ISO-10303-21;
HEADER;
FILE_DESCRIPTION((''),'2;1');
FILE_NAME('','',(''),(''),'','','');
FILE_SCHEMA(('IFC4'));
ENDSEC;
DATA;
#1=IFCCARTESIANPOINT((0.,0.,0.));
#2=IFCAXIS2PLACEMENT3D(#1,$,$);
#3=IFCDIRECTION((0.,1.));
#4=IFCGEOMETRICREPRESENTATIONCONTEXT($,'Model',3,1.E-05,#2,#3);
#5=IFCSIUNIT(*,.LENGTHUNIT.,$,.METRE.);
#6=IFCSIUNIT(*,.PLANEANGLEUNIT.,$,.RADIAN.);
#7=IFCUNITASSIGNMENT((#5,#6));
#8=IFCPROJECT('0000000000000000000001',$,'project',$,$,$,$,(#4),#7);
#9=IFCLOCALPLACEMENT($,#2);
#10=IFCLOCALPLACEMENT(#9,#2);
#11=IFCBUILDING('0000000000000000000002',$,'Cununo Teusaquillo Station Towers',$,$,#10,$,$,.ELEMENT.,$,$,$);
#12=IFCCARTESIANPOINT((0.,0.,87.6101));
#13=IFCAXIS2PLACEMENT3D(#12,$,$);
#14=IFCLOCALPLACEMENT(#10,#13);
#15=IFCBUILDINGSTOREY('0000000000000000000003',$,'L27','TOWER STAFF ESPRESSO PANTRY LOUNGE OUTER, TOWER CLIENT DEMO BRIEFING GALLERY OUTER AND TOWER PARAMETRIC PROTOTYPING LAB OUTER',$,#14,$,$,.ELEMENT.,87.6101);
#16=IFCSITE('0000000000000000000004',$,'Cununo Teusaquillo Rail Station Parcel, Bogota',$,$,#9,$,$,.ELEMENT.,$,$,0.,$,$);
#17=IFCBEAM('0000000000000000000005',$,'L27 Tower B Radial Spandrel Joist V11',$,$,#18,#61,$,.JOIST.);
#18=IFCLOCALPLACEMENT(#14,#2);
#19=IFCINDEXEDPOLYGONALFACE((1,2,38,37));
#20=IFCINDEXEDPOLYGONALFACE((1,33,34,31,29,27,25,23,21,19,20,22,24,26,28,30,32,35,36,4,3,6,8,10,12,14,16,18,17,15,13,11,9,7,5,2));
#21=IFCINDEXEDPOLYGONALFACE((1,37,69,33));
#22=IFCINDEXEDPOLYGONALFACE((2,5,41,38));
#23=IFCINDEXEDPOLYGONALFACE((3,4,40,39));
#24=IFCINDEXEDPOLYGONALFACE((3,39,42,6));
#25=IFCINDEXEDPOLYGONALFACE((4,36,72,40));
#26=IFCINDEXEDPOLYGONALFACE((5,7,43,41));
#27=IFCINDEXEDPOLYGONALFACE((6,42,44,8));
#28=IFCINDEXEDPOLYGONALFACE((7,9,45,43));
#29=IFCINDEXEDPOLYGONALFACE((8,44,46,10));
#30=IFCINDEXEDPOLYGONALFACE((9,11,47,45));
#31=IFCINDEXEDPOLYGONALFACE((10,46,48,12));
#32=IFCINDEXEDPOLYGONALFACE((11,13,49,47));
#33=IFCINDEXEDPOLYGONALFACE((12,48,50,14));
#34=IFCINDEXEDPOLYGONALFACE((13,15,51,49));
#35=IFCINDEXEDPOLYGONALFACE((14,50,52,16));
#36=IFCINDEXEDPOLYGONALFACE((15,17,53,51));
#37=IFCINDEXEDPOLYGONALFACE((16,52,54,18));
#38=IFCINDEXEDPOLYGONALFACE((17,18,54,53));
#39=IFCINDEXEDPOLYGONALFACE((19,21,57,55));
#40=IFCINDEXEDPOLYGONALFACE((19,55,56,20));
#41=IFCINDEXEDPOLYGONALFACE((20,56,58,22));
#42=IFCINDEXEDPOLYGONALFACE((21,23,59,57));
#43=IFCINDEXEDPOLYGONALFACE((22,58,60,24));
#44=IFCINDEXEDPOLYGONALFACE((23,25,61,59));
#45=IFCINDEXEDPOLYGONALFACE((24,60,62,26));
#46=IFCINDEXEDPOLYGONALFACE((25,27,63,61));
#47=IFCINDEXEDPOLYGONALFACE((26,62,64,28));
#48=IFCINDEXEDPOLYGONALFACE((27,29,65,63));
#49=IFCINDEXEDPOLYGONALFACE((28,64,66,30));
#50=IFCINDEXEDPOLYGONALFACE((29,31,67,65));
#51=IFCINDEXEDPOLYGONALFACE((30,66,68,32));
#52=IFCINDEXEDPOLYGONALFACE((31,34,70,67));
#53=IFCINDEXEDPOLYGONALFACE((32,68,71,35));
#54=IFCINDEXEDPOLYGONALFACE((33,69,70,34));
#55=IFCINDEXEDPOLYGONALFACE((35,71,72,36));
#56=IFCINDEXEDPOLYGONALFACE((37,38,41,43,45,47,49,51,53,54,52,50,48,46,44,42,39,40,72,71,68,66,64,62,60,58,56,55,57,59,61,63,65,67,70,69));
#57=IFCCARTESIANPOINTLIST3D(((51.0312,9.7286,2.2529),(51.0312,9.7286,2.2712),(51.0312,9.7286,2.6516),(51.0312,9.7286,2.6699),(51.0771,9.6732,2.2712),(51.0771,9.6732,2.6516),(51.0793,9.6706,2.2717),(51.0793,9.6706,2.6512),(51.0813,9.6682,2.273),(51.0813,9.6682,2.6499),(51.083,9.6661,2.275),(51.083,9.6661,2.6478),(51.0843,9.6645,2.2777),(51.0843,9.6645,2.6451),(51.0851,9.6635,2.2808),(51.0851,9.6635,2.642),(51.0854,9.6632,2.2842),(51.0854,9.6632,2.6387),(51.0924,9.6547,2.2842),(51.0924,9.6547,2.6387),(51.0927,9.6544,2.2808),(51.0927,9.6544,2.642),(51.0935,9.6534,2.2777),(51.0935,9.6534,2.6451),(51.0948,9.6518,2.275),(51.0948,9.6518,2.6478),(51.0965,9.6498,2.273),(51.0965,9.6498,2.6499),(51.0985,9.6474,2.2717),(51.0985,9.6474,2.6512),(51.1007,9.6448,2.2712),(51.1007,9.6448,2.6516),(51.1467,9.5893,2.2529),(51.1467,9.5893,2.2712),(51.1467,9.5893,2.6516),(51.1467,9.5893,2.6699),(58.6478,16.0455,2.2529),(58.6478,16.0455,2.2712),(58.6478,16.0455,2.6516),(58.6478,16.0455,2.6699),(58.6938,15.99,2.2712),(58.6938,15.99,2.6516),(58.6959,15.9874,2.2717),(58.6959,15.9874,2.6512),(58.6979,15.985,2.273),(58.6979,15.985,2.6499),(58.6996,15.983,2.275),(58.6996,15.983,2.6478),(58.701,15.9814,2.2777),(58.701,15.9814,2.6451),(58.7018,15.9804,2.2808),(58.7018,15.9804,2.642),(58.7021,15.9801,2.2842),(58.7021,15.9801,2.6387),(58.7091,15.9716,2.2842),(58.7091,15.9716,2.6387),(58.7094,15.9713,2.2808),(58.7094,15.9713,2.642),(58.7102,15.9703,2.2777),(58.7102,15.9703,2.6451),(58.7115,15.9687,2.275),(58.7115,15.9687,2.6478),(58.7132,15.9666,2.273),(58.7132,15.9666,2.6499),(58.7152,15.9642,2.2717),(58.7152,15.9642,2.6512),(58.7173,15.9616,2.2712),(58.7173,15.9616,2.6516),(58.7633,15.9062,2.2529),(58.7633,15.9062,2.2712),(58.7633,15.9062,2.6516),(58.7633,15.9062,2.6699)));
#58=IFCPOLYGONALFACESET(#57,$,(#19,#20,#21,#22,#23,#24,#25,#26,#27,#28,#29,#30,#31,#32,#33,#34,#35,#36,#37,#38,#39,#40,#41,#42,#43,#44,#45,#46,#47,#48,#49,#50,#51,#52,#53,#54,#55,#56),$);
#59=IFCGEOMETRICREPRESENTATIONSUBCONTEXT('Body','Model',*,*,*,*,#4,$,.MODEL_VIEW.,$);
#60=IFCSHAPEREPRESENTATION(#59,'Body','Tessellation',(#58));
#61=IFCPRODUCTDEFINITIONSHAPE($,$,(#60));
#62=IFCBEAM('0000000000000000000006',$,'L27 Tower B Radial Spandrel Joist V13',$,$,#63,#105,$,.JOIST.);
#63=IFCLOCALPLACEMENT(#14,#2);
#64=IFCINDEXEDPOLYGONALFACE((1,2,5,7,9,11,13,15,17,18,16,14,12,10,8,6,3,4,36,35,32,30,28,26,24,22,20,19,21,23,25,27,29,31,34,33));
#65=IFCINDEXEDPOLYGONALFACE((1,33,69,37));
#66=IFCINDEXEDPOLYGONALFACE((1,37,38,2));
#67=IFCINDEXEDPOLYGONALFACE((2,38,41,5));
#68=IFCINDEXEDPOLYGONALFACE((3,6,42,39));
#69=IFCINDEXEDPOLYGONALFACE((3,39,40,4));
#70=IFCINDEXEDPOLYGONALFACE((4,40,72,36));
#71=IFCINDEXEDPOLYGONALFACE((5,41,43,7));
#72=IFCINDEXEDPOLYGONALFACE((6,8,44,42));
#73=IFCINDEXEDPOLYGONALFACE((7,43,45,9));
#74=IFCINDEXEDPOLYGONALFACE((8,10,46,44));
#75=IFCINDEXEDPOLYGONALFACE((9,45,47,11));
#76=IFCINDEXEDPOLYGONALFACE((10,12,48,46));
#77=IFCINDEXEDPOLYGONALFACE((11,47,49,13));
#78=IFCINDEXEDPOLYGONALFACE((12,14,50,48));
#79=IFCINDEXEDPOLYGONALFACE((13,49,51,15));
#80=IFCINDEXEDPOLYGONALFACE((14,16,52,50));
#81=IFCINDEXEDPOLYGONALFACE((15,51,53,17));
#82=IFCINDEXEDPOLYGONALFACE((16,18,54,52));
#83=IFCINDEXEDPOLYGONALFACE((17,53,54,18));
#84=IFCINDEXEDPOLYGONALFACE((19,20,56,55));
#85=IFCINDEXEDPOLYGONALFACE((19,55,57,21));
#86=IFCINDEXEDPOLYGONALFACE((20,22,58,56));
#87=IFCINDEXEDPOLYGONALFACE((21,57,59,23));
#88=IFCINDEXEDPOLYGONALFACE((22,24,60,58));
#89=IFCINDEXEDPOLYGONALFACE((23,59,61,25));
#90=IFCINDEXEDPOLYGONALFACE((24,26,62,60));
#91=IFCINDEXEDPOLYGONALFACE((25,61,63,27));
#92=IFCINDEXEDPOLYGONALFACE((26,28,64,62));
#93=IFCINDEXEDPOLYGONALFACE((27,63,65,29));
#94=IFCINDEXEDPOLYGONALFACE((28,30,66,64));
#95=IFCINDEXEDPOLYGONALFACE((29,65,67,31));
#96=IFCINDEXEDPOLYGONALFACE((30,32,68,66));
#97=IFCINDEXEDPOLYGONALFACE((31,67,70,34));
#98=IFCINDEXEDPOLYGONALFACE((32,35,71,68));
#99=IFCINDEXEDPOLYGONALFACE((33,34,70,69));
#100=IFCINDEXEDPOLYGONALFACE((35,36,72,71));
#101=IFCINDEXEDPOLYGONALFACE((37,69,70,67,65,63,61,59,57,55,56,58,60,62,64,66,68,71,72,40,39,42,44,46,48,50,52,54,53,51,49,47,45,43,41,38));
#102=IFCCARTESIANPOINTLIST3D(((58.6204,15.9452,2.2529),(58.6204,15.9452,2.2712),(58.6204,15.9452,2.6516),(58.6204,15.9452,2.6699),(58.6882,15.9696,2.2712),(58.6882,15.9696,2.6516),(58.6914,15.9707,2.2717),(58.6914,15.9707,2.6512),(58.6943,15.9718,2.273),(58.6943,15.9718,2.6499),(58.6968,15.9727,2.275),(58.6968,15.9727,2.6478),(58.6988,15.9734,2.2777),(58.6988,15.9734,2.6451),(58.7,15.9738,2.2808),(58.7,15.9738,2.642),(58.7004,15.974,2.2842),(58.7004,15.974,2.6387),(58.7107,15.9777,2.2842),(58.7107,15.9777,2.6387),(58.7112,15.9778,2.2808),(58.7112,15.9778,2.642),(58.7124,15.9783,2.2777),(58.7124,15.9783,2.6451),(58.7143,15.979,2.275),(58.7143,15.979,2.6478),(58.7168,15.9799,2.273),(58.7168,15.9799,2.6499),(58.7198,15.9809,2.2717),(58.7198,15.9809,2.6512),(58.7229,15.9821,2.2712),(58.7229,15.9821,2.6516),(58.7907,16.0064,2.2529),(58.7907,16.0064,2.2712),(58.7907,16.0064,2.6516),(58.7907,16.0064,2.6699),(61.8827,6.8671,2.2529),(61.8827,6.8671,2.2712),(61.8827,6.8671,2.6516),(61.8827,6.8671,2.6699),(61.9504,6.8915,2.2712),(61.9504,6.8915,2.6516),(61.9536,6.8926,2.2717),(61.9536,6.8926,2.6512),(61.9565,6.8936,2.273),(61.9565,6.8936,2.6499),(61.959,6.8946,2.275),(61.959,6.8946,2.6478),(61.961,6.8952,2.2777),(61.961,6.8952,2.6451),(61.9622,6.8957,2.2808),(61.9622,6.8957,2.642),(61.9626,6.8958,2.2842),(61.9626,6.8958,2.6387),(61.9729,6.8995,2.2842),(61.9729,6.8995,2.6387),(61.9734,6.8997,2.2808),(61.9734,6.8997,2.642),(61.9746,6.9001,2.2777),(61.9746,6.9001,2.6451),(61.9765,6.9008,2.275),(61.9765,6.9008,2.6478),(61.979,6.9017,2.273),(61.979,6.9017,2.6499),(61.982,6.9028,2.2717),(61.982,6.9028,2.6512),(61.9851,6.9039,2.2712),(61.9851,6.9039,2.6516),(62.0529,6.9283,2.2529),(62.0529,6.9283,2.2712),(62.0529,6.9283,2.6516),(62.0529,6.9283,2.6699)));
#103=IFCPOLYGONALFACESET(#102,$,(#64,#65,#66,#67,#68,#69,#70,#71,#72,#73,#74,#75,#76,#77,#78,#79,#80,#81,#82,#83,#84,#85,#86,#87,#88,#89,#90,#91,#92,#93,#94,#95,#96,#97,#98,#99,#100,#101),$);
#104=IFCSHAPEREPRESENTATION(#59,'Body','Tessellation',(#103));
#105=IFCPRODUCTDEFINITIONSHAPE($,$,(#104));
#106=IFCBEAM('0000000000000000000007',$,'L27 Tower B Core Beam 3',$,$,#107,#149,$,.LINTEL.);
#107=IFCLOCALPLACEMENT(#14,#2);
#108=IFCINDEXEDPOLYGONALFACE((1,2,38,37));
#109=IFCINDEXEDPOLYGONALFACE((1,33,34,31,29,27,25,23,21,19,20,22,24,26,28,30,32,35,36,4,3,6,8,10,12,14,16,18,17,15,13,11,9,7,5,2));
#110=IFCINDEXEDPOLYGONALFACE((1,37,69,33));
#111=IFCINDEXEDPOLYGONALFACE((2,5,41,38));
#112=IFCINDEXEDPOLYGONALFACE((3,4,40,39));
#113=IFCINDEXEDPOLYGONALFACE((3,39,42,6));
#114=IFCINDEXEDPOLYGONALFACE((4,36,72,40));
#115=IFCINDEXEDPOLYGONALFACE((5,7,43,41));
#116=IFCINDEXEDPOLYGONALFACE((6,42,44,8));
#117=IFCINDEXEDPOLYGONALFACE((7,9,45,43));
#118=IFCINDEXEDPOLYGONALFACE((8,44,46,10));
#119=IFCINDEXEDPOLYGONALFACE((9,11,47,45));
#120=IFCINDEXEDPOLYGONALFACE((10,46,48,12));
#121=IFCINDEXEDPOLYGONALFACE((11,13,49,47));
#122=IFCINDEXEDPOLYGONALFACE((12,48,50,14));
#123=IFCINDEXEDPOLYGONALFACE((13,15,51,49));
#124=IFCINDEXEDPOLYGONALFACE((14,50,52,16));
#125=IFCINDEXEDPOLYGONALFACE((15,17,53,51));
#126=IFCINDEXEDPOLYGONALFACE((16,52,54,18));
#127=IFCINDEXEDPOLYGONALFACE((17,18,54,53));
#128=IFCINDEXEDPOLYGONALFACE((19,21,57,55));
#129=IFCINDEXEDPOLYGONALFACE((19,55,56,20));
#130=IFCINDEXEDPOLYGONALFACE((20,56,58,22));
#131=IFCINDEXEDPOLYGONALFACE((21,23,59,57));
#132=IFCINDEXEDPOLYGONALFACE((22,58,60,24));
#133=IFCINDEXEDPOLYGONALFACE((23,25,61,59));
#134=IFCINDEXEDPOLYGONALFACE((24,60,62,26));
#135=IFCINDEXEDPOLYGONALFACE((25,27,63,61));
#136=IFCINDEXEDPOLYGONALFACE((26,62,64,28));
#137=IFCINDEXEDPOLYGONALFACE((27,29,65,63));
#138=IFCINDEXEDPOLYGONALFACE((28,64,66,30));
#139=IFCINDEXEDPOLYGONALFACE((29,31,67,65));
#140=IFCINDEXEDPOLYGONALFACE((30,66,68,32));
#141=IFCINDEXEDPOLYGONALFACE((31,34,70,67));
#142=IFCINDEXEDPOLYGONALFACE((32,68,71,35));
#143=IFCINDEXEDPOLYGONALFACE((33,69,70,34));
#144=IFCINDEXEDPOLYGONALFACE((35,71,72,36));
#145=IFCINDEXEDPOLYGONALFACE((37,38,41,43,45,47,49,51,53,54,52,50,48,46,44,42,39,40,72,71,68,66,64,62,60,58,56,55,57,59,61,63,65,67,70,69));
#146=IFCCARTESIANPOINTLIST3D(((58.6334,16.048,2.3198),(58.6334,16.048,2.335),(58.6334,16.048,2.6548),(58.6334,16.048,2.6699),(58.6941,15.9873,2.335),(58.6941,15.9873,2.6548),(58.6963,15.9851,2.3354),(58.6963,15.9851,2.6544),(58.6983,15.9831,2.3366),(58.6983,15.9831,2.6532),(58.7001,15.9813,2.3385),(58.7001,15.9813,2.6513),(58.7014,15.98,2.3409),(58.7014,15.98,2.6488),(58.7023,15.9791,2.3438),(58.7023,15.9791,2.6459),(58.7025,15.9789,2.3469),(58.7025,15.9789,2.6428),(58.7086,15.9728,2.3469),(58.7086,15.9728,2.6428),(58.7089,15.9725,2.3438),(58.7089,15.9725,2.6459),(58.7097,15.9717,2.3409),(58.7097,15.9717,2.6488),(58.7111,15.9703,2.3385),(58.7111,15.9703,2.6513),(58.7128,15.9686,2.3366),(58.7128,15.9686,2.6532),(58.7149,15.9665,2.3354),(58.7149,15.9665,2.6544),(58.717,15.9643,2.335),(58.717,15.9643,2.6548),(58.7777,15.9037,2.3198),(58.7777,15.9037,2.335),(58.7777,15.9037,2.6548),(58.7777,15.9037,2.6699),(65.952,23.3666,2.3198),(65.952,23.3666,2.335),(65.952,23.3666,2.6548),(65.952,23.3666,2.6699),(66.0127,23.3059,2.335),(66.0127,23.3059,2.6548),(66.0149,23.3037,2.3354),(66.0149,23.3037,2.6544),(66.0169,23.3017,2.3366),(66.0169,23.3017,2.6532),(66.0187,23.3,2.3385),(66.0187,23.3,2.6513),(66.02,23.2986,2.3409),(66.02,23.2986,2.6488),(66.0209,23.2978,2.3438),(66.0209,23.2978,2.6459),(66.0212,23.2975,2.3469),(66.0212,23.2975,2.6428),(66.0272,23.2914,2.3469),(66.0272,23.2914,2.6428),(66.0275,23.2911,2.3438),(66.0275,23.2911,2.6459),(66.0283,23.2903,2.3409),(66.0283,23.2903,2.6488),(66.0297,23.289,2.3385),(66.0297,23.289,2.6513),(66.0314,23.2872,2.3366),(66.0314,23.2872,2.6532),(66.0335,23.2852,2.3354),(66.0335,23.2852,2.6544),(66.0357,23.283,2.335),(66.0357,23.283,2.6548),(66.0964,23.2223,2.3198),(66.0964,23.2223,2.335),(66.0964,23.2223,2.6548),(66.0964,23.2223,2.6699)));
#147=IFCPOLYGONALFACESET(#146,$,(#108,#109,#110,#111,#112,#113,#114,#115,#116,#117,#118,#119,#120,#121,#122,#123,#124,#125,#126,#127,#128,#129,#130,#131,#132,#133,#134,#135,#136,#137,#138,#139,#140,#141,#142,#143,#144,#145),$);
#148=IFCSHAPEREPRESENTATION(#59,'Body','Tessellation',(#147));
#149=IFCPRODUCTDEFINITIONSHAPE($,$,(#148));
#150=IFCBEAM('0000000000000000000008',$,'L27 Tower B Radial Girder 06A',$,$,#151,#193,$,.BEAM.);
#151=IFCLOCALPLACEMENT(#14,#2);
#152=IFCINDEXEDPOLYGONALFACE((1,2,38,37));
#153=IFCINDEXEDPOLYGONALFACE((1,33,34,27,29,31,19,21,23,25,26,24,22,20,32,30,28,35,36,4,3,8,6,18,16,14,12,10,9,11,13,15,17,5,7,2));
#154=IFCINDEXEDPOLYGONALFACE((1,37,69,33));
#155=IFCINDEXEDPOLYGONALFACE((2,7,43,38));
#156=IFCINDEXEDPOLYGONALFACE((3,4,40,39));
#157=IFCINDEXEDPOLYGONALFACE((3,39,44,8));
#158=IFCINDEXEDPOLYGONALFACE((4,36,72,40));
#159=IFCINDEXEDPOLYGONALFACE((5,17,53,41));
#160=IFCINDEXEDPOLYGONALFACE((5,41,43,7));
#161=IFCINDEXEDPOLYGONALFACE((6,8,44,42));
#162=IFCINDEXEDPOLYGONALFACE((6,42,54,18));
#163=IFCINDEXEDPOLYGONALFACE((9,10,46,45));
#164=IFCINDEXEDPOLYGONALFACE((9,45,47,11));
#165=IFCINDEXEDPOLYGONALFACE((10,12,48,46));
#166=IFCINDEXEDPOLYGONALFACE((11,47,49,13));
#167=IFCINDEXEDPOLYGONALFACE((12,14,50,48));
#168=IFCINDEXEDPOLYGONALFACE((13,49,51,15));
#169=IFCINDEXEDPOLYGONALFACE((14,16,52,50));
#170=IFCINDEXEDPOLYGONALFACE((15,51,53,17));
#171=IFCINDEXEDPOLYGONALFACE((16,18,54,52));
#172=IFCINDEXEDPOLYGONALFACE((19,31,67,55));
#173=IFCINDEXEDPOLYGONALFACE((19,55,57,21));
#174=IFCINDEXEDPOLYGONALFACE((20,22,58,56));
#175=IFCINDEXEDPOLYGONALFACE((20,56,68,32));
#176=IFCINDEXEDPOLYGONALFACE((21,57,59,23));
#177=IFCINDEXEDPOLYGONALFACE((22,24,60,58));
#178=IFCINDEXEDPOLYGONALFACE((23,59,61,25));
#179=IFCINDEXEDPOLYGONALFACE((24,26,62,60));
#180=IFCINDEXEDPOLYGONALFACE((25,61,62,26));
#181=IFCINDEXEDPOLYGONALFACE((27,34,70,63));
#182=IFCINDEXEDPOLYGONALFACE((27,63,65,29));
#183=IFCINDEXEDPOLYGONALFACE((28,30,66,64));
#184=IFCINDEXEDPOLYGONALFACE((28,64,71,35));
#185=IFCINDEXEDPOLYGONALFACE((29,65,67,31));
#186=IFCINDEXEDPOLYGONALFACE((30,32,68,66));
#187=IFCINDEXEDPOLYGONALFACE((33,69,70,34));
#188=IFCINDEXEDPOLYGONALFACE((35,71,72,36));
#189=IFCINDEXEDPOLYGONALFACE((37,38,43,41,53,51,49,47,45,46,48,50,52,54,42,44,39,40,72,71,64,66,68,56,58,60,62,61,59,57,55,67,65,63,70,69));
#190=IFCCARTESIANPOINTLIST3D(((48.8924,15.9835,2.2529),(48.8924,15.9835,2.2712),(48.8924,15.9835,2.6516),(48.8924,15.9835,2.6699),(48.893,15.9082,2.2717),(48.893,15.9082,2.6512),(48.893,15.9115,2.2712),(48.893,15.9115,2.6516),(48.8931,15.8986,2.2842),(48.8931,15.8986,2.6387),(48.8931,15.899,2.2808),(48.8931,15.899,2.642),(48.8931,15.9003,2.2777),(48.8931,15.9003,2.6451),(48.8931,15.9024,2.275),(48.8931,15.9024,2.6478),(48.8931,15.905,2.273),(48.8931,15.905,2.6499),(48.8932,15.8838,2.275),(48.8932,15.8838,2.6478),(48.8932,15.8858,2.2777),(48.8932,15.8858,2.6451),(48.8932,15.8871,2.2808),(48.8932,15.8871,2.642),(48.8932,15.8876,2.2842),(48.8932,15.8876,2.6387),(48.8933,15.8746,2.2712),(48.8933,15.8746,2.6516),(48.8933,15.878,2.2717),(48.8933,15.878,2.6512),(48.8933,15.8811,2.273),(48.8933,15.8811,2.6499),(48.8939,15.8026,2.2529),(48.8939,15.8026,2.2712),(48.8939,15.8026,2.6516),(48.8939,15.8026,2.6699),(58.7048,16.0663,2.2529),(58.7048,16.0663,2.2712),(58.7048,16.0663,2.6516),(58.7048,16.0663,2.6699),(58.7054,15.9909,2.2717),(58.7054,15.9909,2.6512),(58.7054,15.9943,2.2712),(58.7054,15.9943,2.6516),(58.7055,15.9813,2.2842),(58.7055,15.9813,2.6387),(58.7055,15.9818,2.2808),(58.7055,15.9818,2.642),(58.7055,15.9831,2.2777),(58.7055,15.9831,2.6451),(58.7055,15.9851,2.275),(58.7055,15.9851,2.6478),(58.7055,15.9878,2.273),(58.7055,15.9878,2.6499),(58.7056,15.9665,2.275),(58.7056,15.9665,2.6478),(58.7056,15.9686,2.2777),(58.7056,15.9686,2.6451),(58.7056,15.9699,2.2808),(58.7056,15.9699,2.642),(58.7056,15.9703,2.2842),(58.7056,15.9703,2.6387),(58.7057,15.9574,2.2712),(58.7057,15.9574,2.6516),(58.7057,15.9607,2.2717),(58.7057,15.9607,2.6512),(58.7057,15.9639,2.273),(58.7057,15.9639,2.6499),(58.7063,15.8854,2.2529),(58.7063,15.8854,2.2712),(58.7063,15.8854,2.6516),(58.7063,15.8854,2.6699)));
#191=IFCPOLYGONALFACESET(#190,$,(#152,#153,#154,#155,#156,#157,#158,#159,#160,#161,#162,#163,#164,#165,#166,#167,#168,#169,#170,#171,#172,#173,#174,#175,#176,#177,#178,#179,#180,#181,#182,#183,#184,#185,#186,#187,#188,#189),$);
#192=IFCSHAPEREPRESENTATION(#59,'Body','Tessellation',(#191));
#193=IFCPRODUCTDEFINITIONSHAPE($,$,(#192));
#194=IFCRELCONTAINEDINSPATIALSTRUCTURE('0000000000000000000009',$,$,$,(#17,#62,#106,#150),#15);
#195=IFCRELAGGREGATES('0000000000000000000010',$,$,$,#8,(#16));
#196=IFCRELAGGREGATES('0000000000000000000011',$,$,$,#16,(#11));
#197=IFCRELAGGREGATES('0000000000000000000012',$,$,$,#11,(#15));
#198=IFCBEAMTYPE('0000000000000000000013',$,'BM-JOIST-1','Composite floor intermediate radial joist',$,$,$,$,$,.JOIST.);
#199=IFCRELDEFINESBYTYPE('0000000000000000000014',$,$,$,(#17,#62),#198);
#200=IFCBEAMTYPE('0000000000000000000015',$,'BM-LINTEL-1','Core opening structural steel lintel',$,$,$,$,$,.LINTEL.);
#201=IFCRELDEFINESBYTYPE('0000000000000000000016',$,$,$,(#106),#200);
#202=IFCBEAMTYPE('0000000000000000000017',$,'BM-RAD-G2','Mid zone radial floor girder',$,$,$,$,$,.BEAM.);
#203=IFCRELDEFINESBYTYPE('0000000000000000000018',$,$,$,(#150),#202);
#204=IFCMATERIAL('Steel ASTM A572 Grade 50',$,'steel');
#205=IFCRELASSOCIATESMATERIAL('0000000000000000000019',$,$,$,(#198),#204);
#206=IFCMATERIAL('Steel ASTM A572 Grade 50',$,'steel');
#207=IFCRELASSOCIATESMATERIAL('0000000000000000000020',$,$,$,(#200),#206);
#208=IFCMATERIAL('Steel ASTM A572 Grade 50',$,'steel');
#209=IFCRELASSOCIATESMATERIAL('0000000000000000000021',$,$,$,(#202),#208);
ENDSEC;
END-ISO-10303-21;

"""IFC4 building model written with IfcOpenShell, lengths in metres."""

from ifc_helpers import new_model, si_unit, direction, frame, origin, origin_2d, place, context, subcontext, project, spatial, i_section, extrude, material, material_profile, profile_set, type_object, element, save


model = new_model("IFC4")

# Units and contexts
model_context = context("Model", 3, precision=1e-05, world=origin(), true_north=direction((0.0, 1.0)))
body_context = subcontext(model_context, "Body", "Model", "MODEL_VIEW")
ifc_project = project(units=[si_unit("LENGTHUNIT", "METRE"), si_unit("PLANEANGLEUNIT", "RADIAN")], contexts=[model_context])

# Site, building, storey
site_placement = place(None, origin())
site = spatial("IfcSite", under=ifc_project, at=site_placement, Name="Cununo Teusaquillo Rail Station Parcel, Bogota", CompositionType="ELEMENT", RefElevation=0.0)
building_placement = place(site_placement, origin())
building = spatial("IfcBuilding", under=site, at=building_placement, Name="Cununo Teusaquillo Station Towers", CompositionType="ELEMENT")
storey_placement = place(building_placement, frame((0.0, 0.0, 87.6101)))
storey = spatial("IfcBuildingStorey", under=building, at=storey_placement, Name="L27", Description="TOWER STAFF ESPRESSO PANTRY LOUNGE OUTER, TOWER CLIENT DEMO BRIEFING GALLERY OUTER AND TOWER PARAMETRIC PROTOTYPING LAB OUTER", CompositionType="ELEMENT", Elevation=87.6101)

# Beams
ifc_material_1 = material(Name="Steel ASTM A572 Grade 50", Category="steel")
ifc_material_profile_1 = material_profile(ifc_material_1, i_section(OverallWidth=0.1809, OverallDepth=0.417, WebThickness=0.011, FlangeThickness=0.0183, FilletRadius=0.0129, at=origin_2d()), Name="W16X57")
ifc_profile_set_1 = profile_set([ifc_material_profile_1], Name="Steel ASTM A572 Grade 50")
beam_type_1 = type_object("IfcBeamType", Name="BM-JOIST-1", Description="Composite floor intermediate radial joist", PredefinedType="JOIST", material=ifc_profile_set_1)
beam_1_placement = place(storey_placement, frame((58.7056, 15.9758, 2.4614), z_axis=(-0.769728, -0.638372, 0.0), x_axis=(0.638372, -0.769728, 0.0)))
element("IfcBeam", 1, at=beam_1_placement, inside=storey, type_object=beam_type_1, Name="L27 Tower B Radial Spandrel Joist V11", PredefinedType="JOIST", context=body_context, shape_type="SweptSolid", body=[
    extrude(i_section(OverallWidth=0.1809, OverallDepth=0.417, WebThickness=0.011, FlangeThickness=0.0183, FilletRadius=0.0129, at=origin_2d()), origin(), (0.0, 0.0, 1.0), 9.8953),
])
beam_2_placement = place(storey_placement, frame((58.7056, 15.9758, 2.4614), z_axis=(0.338176, -0.941083, 0.0), x_axis=(0.941083, 0.338176, 0.0)))
element("IfcBeam", 2, at=beam_2_placement, inside=storey, type_object=beam_type_1, Name="L27 Tower B Radial Spandrel Joist V13", PredefinedType="JOIST", context=body_context, shape_type="SweptSolid", body=[
    extrude(i_section(OverallWidth=0.1809, OverallDepth=0.417, WebThickness=0.011, FlangeThickness=0.0183, FilletRadius=0.0129, at=origin_2d()), origin(), (0.0, 0.0, 1.0), 9.6465),
])
ifc_material_2 = material(Name="Steel ASTM A572 Grade 50", Category="steel")
ifc_material_profile_2 = material_profile(ifc_material_2, i_section(OverallWidth=0.2041, OverallDepth=0.3501, WebThickness=0.0085, FlangeThickness=0.0151, FilletRadius=0.012, at=origin_2d()), Name="W14X48")
ifc_profile_set_2 = profile_set([ifc_material_profile_2], Name="Steel ASTM A572 Grade 50")
beam_type_2 = type_object("IfcBeamType", Name="BM-LINTEL-1", Description="Core opening structural steel lintel", PredefinedType="LINTEL", material=ifc_profile_set_2)
beam_3_placement = place(storey_placement, frame((58.7056, 15.9758, 2.4949), z_axis=(0.707107, 0.707107, 0.0), x_axis=(-0.707107, 0.707107, 0.0)))
element("IfcBeam", 3, at=beam_3_placement, inside=storey, type_object=beam_type_2, Name="L27 Tower B Core Beam 3", PredefinedType="LINTEL", context=body_context, shape_type="SweptSolid", body=[
    extrude(i_section(OverallWidth=0.2041, OverallDepth=0.3501, WebThickness=0.0085, FlangeThickness=0.0151, FilletRadius=0.012, at=origin_2d()), origin(), (0.0, 0.0, 1.0), 10.3501),
])
ifc_material_3 = material(Name="Steel ASTM A572 Grade 50", Category="steel")
ifc_material_profile_3 = material_profile(ifc_material_3, i_section(OverallWidth=0.1809, OverallDepth=0.417, WebThickness=0.011, FlangeThickness=0.0183, FilletRadius=0.0129, at=origin_2d()), Name="W16X57")
ifc_profile_set_3 = profile_set([ifc_material_profile_3], Name="Steel ASTM A572 Grade 50")
beam_type_3 = type_object("IfcBeamType", Name="BM-RAD-G2", Description="Mid zone radial floor girder", PredefinedType="BEAM", material=ifc_profile_set_3)
beam_4_placement = place(storey_placement, frame((58.7056, 15.9758, 2.4614), z_axis=(-0.999964, -0.008434, 0.0), x_axis=(0.008434, -0.999964, 0.0)))
element("IfcBeam", 4, at=beam_4_placement, inside=storey, type_object=beam_type_3, Name="L27 Tower B Radial Girder 06A", PredefinedType="BEAM", context=body_context, shape_type="SweptSolid", body=[
    extrude(i_section(OverallWidth=0.1809, OverallDepth=0.417, WebThickness=0.011, FlangeThickness=0.0183, FilletRadius=0.0129, at=origin_2d()), origin(), (0.0, 0.0, 1.0), 9.8127),
])

save(model, "model.ifc")
